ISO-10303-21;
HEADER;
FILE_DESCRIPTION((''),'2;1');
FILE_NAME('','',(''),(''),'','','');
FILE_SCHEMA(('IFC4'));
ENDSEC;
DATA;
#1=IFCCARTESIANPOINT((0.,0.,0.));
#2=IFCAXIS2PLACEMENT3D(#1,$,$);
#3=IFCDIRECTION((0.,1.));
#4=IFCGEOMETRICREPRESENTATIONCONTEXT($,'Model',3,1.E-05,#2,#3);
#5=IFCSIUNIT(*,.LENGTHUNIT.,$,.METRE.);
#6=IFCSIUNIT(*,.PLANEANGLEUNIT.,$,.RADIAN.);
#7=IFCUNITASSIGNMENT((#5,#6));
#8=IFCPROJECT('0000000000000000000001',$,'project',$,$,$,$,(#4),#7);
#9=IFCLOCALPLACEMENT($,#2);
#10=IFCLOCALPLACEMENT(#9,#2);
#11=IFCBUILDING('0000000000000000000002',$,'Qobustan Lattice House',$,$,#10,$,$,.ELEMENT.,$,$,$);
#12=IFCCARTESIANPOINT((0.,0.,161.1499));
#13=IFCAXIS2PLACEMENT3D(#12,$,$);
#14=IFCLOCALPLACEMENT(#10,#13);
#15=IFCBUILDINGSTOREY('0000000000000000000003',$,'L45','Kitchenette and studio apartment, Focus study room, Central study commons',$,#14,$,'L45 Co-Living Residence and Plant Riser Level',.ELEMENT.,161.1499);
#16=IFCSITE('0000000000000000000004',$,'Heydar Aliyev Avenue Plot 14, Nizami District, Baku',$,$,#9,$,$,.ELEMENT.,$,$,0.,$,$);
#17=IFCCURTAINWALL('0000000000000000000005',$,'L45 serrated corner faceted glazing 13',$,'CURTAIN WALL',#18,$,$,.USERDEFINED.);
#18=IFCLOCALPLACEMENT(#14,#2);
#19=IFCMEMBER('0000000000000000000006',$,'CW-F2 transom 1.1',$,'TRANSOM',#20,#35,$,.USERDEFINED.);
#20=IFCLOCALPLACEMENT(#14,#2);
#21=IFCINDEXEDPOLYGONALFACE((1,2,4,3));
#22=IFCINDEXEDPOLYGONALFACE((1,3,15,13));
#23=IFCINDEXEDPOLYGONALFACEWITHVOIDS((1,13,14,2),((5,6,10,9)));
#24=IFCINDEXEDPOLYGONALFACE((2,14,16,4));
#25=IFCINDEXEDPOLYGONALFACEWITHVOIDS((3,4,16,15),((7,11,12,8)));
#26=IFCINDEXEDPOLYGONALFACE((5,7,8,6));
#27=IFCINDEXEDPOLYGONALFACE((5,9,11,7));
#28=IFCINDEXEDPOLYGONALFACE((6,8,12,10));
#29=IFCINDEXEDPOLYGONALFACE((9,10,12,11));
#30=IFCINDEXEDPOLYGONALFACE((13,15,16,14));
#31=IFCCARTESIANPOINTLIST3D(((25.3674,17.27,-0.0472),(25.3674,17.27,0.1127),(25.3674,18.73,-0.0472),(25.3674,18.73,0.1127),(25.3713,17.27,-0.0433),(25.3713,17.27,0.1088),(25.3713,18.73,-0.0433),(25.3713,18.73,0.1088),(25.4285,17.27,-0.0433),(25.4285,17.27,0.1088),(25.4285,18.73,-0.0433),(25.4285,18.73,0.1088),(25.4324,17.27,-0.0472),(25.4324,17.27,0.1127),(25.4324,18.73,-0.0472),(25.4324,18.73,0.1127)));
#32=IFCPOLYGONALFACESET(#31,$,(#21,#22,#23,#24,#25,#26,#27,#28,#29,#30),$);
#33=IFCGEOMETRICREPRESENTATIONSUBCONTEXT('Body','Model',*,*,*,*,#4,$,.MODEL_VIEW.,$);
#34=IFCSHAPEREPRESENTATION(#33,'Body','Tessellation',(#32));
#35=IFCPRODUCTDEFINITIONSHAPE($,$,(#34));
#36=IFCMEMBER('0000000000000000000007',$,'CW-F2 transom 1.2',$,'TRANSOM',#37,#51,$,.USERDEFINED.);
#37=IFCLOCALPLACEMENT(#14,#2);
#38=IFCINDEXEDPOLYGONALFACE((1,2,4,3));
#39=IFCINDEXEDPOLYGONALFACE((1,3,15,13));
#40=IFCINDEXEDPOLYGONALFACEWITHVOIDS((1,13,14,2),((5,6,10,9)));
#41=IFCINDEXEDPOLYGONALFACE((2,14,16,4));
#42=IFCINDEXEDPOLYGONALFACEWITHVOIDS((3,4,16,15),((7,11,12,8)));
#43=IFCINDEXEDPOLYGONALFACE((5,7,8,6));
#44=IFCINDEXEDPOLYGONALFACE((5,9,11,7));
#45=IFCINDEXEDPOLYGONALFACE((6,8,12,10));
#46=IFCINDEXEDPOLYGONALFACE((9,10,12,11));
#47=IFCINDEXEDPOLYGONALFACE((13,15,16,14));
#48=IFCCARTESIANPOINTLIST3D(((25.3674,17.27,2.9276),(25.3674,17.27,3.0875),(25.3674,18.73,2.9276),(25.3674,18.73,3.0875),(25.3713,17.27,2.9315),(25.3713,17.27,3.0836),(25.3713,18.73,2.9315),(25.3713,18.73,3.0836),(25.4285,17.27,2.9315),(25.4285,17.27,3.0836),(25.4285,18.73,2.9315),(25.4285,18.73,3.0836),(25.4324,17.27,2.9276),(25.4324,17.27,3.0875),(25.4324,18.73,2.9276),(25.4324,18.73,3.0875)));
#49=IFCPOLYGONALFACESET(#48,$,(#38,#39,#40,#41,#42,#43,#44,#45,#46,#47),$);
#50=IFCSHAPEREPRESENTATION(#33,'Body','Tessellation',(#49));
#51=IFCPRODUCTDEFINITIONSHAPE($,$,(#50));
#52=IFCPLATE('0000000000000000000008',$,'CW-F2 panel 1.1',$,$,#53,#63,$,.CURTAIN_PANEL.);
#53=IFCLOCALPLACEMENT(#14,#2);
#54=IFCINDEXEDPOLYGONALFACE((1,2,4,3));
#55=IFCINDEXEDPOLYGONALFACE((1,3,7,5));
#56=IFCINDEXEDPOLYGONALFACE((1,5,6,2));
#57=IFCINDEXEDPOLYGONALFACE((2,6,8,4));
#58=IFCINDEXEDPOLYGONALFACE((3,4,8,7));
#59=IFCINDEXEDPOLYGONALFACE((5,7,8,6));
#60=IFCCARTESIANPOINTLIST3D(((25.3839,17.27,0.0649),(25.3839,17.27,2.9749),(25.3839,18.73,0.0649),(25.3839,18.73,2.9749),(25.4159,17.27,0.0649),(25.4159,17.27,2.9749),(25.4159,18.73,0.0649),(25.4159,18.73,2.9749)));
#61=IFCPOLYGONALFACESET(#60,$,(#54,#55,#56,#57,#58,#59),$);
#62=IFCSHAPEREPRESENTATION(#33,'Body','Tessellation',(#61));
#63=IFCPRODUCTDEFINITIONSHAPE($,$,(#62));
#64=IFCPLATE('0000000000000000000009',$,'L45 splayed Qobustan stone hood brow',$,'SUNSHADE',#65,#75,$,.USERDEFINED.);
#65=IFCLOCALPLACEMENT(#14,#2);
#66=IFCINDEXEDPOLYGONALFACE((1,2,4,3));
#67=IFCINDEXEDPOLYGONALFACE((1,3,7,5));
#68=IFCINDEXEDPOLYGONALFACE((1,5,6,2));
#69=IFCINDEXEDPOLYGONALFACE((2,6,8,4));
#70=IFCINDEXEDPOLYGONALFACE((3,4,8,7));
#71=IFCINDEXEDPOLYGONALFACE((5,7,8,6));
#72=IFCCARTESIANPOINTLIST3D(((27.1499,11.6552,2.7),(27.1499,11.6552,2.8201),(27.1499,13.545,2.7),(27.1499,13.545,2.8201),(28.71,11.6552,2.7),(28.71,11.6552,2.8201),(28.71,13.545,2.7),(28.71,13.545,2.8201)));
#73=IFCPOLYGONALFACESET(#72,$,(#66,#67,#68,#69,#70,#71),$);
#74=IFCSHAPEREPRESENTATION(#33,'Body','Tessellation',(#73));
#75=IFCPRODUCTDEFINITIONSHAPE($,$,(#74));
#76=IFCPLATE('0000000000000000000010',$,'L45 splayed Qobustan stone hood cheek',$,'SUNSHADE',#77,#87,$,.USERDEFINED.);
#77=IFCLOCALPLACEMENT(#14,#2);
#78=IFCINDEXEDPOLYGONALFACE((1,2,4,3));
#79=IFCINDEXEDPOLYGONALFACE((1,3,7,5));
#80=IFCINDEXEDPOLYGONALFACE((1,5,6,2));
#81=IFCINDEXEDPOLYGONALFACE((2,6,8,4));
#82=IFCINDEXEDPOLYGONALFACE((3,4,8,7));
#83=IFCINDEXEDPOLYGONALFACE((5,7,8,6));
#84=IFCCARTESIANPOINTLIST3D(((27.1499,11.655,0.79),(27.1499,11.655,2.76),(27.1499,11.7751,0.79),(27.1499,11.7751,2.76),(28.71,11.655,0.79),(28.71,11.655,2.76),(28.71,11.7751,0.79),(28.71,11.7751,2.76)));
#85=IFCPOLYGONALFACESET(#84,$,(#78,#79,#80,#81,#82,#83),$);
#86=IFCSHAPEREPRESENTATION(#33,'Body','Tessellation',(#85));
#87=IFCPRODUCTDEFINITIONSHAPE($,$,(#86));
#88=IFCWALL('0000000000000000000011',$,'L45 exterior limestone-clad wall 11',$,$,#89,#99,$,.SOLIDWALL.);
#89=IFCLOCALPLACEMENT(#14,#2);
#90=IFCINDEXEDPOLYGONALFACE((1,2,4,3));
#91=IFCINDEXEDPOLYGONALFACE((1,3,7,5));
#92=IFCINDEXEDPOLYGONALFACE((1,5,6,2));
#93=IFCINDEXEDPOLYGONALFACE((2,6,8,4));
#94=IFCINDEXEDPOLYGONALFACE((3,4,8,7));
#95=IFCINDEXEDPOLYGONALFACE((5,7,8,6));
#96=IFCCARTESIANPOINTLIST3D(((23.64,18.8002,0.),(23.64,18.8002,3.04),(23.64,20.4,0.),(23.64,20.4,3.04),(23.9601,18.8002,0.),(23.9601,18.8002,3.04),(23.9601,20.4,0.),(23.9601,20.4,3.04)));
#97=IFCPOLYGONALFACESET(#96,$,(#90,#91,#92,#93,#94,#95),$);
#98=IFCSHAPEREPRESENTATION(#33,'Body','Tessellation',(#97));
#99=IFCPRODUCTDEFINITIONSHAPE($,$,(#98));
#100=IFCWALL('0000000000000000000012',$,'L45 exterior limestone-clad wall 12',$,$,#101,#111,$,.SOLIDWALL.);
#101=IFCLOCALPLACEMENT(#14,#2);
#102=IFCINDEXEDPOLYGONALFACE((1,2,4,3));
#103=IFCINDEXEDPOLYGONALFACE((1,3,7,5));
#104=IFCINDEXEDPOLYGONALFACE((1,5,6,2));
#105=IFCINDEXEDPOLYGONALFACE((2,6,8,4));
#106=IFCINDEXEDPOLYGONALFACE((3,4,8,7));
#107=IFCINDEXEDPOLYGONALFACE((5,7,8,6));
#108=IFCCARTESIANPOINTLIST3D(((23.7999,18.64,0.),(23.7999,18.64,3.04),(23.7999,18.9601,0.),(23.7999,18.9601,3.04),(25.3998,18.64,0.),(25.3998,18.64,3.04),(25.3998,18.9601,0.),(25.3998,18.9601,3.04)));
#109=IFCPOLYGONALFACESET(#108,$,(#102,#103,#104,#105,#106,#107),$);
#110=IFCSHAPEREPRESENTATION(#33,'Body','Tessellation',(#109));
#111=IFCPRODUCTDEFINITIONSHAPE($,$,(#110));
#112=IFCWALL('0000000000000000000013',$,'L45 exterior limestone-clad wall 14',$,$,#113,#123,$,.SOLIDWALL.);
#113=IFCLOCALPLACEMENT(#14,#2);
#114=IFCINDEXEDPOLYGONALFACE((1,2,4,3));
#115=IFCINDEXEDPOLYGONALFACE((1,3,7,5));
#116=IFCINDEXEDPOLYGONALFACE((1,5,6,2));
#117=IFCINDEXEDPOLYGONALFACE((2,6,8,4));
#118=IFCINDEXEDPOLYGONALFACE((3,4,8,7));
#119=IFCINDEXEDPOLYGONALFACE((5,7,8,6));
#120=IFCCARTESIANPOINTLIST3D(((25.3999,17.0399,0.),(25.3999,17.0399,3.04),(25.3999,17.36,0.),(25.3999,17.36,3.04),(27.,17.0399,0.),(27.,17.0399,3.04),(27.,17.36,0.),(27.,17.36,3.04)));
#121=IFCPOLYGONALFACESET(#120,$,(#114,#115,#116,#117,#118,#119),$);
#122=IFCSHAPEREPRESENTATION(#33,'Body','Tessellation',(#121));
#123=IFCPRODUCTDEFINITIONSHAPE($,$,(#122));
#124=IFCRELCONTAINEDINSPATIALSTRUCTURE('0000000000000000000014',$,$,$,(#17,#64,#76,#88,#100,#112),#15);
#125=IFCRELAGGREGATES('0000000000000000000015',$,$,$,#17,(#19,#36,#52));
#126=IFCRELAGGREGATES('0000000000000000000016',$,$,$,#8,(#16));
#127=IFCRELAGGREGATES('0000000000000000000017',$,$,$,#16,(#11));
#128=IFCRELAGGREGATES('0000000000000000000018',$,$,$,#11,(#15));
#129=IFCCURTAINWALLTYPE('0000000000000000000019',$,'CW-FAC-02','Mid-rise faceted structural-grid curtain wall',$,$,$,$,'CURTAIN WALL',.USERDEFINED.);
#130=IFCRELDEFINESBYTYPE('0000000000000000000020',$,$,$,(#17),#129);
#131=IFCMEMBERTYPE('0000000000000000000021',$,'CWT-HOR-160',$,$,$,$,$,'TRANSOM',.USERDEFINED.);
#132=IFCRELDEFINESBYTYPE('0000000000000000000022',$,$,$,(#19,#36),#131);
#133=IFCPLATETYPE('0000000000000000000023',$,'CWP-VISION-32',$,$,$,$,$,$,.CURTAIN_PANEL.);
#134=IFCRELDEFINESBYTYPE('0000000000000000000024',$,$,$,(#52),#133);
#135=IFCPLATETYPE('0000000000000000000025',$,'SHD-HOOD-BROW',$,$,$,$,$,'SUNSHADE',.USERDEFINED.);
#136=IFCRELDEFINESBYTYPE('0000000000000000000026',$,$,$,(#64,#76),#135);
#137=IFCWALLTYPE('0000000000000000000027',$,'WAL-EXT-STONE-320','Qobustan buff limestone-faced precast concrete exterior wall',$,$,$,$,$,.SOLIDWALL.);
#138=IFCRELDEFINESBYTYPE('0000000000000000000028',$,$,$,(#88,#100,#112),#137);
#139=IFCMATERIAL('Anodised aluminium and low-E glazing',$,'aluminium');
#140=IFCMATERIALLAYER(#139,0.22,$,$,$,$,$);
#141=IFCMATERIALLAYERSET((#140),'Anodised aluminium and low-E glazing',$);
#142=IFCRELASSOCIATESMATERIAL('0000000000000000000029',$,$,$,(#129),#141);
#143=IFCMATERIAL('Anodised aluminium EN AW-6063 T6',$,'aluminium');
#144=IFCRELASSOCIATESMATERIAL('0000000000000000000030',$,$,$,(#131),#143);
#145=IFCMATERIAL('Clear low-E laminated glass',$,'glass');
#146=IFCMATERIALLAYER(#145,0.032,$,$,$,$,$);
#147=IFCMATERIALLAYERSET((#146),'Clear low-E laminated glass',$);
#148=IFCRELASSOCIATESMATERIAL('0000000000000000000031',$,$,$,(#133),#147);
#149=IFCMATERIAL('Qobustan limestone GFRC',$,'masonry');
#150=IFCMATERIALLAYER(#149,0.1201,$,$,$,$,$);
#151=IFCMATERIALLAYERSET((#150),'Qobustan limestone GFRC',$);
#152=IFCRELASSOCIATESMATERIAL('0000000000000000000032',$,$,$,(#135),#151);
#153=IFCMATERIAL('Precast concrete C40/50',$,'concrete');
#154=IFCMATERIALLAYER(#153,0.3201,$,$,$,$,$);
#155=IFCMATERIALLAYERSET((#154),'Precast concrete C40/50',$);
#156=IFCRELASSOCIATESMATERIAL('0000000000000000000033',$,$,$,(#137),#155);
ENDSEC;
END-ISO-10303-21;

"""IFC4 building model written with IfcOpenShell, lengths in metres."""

from ifc_helpers import new_model, si_unit, direction, frame, frame_2d, origin, origin_2d, place, context, subcontext, project, spatial, rectangle, hollow_rectangle, extrude, material, layer, layer_set, material_profile, profile_set, type_object, element, aggregate, save


model = new_model("IFC4")

# Units and contexts
model_context = context("Model", 3, precision=1e-05, world=origin(), true_north=direction((0.0, 1.0)))
body_context = subcontext(model_context, "Body", "Model", "MODEL_VIEW")
ifc_project = project(units=[si_unit("LENGTHUNIT", "METRE"), si_unit("PLANEANGLEUNIT", "RADIAN")], contexts=[model_context])

# Site, building, storey
site_placement = place(None, origin())
site = spatial("IfcSite", under=ifc_project, at=site_placement, Name="Heydar Aliyev Avenue Plot 14, Nizami District, Baku", CompositionType="ELEMENT", RefElevation=0.0)
building_placement = place(site_placement, origin())
building = spatial("IfcBuilding", under=site, at=building_placement, Name="Qobustan Lattice House", CompositionType="ELEMENT")
storey_placement = place(building_placement, frame((0.0, 0.0, 161.1499)))
storey = spatial("IfcBuildingStorey", under=building, at=storey_placement, Name="L45", Description="Kitchenette and studio apartment, Focus study room, Central study commons", LongName="L45 Co-Living Residence and Plant Riser Level", CompositionType="ELEMENT", Elevation=161.1499)

# Curtain wall, members, plate
ifc_material_1 = material(Name="Anodised aluminium and low-E glazing", Category="aluminium")
ifc_layer_1 = layer(ifc_material_1, 0.22)
ifc_layer_set_1 = layer_set([ifc_layer_1], Name="Anodised aluminium and low-E glazing")
curtain_wall_type = type_object("IfcCurtainWallType", Name="CW-FAC-02", Description="Mid-rise faceted structural-grid curtain wall", ElementType="CURTAIN WALL", PredefinedType="USERDEFINED", material=ifc_layer_set_1)
curtain_wall_placement = place(storey_placement, origin())
curtain_wall = element("IfcCurtainWall", 1, at=curtain_wall_placement, inside=storey, type_object=curtain_wall_type, Name="L45 serrated corner faceted glazing 13", ObjectType="CURTAIN WALL", PredefinedType="USERDEFINED")
ifc_material_2 = material(Name="Anodised aluminium EN AW-6063 T6", Category="aluminium")
ifc_material_profile_1 = material_profile(ifc_material_2, hollow_rectangle(XDim=0.0649, YDim=0.1599, WallThickness=0.0039, at=origin_2d()), Name="CWT-160x65")
ifc_profile_set_1 = profile_set([ifc_material_profile_1], Name="Anodised aluminium EN AW-6063 T6")
member_type_1 = type_object("IfcMemberType", Name="CWT-HOR-160", ElementType="TRANSOM", PredefinedType="USERDEFINED", material=ifc_profile_set_1)
member_1_placement = place(storey_placement, frame((25.3999, 18.73, 0.0327), z_axis=(0.0, -1.0, 0.0), x_axis=(1.0, 0.0, 0.0)))
member_1 = element("IfcMember", 2, at=member_1_placement, type_object=member_type_1, Name="CW-F2 transom 1.1", ObjectType="TRANSOM", PredefinedType="USERDEFINED", context=body_context, shape_type="SweptSolid", body=[
    extrude(hollow_rectangle(XDim=0.0649, YDim=0.1599, WallThickness=0.0039, at=origin_2d()), origin(), (0.0, 0.0, 1.0), 1.46),
])
member_2_placement = place(storey_placement, frame((25.3999, 18.73, 3.0076), z_axis=(0.0, -1.0, 0.0), x_axis=(1.0, 0.0, 0.0)))
member_2 = element("IfcMember", 3, at=member_2_placement, type_object=member_type_1, Name="CW-F2 transom 1.2", ObjectType="TRANSOM", PredefinedType="USERDEFINED", context=body_context, shape_type="SweptSolid", body=[
    extrude(hollow_rectangle(XDim=0.0649, YDim=0.1599, WallThickness=0.0039, at=origin_2d()), origin(), (0.0, 0.0, 1.0), 1.46),
])
ifc_material_3 = material(Name="Clear low-E laminated glass", Category="glass")
ifc_layer_2 = layer(ifc_material_3, 0.032)
ifc_layer_set_2 = layer_set([ifc_layer_2], Name="Clear low-E laminated glass")
plate_type_1 = type_object("IfcPlateType", Name="CWP-VISION-32", PredefinedType="CURTAIN_PANEL", material=ifc_layer_set_2)
plate_1_placement = place(storey_placement, frame((25.3999, 18.0, 0.0649), z_axis=(0.0, 0.0, 1.0), x_axis=(0.0, -1.0, 0.0)))
plate_1 = element("IfcPlate", 4, at=plate_1_placement, type_object=plate_type_1, Name="CW-F2 panel 1.1", PredefinedType="CURTAIN_PANEL", context=body_context, shape_type="SweptSolid", body=[
    extrude(rectangle(XDim=1.46, YDim=0.032, at=origin_2d()), origin(), (0.0, 0.0, 1.0), 2.9099),
])
aggregate(curtain_wall, [member_1, member_2, plate_1])

# Plates
ifc_material_4 = material(Name="Qobustan limestone GFRC", Category="masonry")
ifc_layer_3 = layer(ifc_material_4, 0.1201)
ifc_layer_set_3 = layer_set([ifc_layer_3], Name="Qobustan limestone GFRC")
plate_type_2 = type_object("IfcPlateType", Name="SHD-HOOD-BROW", ElementType="SUNSHADE", PredefinedType="USERDEFINED", material=ifc_layer_set_3)
plate_2_placement = place(storey_placement, frame((27.9299, 12.6001, 2.7), z_axis=(0.0, 0.0, 1.0), x_axis=(0.0, -1.0, 0.0)))
element("IfcPlate", 5, at=plate_2_placement, inside=storey, type_object=plate_type_2, Name="L45 splayed Qobustan stone hood brow", ObjectType="SUNSHADE", PredefinedType="USERDEFINED", context=body_context, shape_type="SweptSolid", body=[
    extrude(rectangle(XDim=1.8899, YDim=1.5601, at=origin_2d()), origin(), (0.0, 0.0, 1.0), 0.1201),
])
plate_3_placement = place(storey_placement, frame((27.9299, 11.7151, 0.79), z_axis=(0.0, 0.0, 1.0), x_axis=(0.0, -1.0, 0.0)))
element("IfcPlate", 6, at=plate_3_placement, inside=storey, type_object=plate_type_2, Name="L45 splayed Qobustan stone hood cheek", ObjectType="SUNSHADE", PredefinedType="USERDEFINED", context=body_context, shape_type="SweptSolid", body=[
    extrude(rectangle(XDim=0.1201, YDim=1.5601, at=origin_2d()), origin(), (0.0, 0.0, 1.0), 1.97),
])

# Walls
ifc_material_5 = material(Name="Precast concrete C40/50", Category="concrete")
ifc_layer_4 = layer(ifc_material_5, 0.3201)
ifc_layer_set_4 = layer_set([ifc_layer_4], Name="Precast concrete C40/50")
wall_type = type_object("IfcWallType", Name="WAL-EXT-STONE-320", Description="Qobustan buff limestone-faced precast concrete exterior wall", PredefinedType="SOLIDWALL", material=ifc_layer_set_4)
for number, where, z_axis, x_axis, name in (
    (7, (23.8, 20.3999, 0.0), (0.0, 0.0, 1.0), (0.0, -1.0, 0.0), "L45 exterior limestone-clad wall 11"),
    (8, (23.8, 18.8, 0.0), (0.0, 0.0, 1.0), (1.0, 0.0, 0.0), "L45 exterior limestone-clad wall 12"),
):
    element("IfcWall", number, at=place(storey_placement, frame(where, z_axis=z_axis, x_axis=x_axis)), inside=storey, type_object=wall_type, Name=name, PredefinedType="SOLIDWALL", context=body_context, shape_type="SweptSolid", body=[
        extrude(rectangle(XDim=1.5999, YDim=0.3201, at=frame_2d((0.7998, 0.0))), origin(), (0.0, 0.0, 1.0), 3.04),
    ])
wall_1_placement = place(storey_placement, frame((25.3999, 17.2, 0.0), z_axis=(0.0, 0.0, 1.0), x_axis=(1.0, 0.0, 0.0)))
element("IfcWall", 9, at=wall_1_placement, inside=storey, type_object=wall_type, Name="L45 exterior limestone-clad wall 14", PredefinedType="SOLIDWALL", context=body_context, shape_type="SweptSolid", body=[
    extrude(rectangle(XDim=1.6001, YDim=0.3201, at=frame_2d((0.8, 0.0))), origin(), (0.0, 0.0, 1.0), 3.04),
])

save(model, "model.ifc")
